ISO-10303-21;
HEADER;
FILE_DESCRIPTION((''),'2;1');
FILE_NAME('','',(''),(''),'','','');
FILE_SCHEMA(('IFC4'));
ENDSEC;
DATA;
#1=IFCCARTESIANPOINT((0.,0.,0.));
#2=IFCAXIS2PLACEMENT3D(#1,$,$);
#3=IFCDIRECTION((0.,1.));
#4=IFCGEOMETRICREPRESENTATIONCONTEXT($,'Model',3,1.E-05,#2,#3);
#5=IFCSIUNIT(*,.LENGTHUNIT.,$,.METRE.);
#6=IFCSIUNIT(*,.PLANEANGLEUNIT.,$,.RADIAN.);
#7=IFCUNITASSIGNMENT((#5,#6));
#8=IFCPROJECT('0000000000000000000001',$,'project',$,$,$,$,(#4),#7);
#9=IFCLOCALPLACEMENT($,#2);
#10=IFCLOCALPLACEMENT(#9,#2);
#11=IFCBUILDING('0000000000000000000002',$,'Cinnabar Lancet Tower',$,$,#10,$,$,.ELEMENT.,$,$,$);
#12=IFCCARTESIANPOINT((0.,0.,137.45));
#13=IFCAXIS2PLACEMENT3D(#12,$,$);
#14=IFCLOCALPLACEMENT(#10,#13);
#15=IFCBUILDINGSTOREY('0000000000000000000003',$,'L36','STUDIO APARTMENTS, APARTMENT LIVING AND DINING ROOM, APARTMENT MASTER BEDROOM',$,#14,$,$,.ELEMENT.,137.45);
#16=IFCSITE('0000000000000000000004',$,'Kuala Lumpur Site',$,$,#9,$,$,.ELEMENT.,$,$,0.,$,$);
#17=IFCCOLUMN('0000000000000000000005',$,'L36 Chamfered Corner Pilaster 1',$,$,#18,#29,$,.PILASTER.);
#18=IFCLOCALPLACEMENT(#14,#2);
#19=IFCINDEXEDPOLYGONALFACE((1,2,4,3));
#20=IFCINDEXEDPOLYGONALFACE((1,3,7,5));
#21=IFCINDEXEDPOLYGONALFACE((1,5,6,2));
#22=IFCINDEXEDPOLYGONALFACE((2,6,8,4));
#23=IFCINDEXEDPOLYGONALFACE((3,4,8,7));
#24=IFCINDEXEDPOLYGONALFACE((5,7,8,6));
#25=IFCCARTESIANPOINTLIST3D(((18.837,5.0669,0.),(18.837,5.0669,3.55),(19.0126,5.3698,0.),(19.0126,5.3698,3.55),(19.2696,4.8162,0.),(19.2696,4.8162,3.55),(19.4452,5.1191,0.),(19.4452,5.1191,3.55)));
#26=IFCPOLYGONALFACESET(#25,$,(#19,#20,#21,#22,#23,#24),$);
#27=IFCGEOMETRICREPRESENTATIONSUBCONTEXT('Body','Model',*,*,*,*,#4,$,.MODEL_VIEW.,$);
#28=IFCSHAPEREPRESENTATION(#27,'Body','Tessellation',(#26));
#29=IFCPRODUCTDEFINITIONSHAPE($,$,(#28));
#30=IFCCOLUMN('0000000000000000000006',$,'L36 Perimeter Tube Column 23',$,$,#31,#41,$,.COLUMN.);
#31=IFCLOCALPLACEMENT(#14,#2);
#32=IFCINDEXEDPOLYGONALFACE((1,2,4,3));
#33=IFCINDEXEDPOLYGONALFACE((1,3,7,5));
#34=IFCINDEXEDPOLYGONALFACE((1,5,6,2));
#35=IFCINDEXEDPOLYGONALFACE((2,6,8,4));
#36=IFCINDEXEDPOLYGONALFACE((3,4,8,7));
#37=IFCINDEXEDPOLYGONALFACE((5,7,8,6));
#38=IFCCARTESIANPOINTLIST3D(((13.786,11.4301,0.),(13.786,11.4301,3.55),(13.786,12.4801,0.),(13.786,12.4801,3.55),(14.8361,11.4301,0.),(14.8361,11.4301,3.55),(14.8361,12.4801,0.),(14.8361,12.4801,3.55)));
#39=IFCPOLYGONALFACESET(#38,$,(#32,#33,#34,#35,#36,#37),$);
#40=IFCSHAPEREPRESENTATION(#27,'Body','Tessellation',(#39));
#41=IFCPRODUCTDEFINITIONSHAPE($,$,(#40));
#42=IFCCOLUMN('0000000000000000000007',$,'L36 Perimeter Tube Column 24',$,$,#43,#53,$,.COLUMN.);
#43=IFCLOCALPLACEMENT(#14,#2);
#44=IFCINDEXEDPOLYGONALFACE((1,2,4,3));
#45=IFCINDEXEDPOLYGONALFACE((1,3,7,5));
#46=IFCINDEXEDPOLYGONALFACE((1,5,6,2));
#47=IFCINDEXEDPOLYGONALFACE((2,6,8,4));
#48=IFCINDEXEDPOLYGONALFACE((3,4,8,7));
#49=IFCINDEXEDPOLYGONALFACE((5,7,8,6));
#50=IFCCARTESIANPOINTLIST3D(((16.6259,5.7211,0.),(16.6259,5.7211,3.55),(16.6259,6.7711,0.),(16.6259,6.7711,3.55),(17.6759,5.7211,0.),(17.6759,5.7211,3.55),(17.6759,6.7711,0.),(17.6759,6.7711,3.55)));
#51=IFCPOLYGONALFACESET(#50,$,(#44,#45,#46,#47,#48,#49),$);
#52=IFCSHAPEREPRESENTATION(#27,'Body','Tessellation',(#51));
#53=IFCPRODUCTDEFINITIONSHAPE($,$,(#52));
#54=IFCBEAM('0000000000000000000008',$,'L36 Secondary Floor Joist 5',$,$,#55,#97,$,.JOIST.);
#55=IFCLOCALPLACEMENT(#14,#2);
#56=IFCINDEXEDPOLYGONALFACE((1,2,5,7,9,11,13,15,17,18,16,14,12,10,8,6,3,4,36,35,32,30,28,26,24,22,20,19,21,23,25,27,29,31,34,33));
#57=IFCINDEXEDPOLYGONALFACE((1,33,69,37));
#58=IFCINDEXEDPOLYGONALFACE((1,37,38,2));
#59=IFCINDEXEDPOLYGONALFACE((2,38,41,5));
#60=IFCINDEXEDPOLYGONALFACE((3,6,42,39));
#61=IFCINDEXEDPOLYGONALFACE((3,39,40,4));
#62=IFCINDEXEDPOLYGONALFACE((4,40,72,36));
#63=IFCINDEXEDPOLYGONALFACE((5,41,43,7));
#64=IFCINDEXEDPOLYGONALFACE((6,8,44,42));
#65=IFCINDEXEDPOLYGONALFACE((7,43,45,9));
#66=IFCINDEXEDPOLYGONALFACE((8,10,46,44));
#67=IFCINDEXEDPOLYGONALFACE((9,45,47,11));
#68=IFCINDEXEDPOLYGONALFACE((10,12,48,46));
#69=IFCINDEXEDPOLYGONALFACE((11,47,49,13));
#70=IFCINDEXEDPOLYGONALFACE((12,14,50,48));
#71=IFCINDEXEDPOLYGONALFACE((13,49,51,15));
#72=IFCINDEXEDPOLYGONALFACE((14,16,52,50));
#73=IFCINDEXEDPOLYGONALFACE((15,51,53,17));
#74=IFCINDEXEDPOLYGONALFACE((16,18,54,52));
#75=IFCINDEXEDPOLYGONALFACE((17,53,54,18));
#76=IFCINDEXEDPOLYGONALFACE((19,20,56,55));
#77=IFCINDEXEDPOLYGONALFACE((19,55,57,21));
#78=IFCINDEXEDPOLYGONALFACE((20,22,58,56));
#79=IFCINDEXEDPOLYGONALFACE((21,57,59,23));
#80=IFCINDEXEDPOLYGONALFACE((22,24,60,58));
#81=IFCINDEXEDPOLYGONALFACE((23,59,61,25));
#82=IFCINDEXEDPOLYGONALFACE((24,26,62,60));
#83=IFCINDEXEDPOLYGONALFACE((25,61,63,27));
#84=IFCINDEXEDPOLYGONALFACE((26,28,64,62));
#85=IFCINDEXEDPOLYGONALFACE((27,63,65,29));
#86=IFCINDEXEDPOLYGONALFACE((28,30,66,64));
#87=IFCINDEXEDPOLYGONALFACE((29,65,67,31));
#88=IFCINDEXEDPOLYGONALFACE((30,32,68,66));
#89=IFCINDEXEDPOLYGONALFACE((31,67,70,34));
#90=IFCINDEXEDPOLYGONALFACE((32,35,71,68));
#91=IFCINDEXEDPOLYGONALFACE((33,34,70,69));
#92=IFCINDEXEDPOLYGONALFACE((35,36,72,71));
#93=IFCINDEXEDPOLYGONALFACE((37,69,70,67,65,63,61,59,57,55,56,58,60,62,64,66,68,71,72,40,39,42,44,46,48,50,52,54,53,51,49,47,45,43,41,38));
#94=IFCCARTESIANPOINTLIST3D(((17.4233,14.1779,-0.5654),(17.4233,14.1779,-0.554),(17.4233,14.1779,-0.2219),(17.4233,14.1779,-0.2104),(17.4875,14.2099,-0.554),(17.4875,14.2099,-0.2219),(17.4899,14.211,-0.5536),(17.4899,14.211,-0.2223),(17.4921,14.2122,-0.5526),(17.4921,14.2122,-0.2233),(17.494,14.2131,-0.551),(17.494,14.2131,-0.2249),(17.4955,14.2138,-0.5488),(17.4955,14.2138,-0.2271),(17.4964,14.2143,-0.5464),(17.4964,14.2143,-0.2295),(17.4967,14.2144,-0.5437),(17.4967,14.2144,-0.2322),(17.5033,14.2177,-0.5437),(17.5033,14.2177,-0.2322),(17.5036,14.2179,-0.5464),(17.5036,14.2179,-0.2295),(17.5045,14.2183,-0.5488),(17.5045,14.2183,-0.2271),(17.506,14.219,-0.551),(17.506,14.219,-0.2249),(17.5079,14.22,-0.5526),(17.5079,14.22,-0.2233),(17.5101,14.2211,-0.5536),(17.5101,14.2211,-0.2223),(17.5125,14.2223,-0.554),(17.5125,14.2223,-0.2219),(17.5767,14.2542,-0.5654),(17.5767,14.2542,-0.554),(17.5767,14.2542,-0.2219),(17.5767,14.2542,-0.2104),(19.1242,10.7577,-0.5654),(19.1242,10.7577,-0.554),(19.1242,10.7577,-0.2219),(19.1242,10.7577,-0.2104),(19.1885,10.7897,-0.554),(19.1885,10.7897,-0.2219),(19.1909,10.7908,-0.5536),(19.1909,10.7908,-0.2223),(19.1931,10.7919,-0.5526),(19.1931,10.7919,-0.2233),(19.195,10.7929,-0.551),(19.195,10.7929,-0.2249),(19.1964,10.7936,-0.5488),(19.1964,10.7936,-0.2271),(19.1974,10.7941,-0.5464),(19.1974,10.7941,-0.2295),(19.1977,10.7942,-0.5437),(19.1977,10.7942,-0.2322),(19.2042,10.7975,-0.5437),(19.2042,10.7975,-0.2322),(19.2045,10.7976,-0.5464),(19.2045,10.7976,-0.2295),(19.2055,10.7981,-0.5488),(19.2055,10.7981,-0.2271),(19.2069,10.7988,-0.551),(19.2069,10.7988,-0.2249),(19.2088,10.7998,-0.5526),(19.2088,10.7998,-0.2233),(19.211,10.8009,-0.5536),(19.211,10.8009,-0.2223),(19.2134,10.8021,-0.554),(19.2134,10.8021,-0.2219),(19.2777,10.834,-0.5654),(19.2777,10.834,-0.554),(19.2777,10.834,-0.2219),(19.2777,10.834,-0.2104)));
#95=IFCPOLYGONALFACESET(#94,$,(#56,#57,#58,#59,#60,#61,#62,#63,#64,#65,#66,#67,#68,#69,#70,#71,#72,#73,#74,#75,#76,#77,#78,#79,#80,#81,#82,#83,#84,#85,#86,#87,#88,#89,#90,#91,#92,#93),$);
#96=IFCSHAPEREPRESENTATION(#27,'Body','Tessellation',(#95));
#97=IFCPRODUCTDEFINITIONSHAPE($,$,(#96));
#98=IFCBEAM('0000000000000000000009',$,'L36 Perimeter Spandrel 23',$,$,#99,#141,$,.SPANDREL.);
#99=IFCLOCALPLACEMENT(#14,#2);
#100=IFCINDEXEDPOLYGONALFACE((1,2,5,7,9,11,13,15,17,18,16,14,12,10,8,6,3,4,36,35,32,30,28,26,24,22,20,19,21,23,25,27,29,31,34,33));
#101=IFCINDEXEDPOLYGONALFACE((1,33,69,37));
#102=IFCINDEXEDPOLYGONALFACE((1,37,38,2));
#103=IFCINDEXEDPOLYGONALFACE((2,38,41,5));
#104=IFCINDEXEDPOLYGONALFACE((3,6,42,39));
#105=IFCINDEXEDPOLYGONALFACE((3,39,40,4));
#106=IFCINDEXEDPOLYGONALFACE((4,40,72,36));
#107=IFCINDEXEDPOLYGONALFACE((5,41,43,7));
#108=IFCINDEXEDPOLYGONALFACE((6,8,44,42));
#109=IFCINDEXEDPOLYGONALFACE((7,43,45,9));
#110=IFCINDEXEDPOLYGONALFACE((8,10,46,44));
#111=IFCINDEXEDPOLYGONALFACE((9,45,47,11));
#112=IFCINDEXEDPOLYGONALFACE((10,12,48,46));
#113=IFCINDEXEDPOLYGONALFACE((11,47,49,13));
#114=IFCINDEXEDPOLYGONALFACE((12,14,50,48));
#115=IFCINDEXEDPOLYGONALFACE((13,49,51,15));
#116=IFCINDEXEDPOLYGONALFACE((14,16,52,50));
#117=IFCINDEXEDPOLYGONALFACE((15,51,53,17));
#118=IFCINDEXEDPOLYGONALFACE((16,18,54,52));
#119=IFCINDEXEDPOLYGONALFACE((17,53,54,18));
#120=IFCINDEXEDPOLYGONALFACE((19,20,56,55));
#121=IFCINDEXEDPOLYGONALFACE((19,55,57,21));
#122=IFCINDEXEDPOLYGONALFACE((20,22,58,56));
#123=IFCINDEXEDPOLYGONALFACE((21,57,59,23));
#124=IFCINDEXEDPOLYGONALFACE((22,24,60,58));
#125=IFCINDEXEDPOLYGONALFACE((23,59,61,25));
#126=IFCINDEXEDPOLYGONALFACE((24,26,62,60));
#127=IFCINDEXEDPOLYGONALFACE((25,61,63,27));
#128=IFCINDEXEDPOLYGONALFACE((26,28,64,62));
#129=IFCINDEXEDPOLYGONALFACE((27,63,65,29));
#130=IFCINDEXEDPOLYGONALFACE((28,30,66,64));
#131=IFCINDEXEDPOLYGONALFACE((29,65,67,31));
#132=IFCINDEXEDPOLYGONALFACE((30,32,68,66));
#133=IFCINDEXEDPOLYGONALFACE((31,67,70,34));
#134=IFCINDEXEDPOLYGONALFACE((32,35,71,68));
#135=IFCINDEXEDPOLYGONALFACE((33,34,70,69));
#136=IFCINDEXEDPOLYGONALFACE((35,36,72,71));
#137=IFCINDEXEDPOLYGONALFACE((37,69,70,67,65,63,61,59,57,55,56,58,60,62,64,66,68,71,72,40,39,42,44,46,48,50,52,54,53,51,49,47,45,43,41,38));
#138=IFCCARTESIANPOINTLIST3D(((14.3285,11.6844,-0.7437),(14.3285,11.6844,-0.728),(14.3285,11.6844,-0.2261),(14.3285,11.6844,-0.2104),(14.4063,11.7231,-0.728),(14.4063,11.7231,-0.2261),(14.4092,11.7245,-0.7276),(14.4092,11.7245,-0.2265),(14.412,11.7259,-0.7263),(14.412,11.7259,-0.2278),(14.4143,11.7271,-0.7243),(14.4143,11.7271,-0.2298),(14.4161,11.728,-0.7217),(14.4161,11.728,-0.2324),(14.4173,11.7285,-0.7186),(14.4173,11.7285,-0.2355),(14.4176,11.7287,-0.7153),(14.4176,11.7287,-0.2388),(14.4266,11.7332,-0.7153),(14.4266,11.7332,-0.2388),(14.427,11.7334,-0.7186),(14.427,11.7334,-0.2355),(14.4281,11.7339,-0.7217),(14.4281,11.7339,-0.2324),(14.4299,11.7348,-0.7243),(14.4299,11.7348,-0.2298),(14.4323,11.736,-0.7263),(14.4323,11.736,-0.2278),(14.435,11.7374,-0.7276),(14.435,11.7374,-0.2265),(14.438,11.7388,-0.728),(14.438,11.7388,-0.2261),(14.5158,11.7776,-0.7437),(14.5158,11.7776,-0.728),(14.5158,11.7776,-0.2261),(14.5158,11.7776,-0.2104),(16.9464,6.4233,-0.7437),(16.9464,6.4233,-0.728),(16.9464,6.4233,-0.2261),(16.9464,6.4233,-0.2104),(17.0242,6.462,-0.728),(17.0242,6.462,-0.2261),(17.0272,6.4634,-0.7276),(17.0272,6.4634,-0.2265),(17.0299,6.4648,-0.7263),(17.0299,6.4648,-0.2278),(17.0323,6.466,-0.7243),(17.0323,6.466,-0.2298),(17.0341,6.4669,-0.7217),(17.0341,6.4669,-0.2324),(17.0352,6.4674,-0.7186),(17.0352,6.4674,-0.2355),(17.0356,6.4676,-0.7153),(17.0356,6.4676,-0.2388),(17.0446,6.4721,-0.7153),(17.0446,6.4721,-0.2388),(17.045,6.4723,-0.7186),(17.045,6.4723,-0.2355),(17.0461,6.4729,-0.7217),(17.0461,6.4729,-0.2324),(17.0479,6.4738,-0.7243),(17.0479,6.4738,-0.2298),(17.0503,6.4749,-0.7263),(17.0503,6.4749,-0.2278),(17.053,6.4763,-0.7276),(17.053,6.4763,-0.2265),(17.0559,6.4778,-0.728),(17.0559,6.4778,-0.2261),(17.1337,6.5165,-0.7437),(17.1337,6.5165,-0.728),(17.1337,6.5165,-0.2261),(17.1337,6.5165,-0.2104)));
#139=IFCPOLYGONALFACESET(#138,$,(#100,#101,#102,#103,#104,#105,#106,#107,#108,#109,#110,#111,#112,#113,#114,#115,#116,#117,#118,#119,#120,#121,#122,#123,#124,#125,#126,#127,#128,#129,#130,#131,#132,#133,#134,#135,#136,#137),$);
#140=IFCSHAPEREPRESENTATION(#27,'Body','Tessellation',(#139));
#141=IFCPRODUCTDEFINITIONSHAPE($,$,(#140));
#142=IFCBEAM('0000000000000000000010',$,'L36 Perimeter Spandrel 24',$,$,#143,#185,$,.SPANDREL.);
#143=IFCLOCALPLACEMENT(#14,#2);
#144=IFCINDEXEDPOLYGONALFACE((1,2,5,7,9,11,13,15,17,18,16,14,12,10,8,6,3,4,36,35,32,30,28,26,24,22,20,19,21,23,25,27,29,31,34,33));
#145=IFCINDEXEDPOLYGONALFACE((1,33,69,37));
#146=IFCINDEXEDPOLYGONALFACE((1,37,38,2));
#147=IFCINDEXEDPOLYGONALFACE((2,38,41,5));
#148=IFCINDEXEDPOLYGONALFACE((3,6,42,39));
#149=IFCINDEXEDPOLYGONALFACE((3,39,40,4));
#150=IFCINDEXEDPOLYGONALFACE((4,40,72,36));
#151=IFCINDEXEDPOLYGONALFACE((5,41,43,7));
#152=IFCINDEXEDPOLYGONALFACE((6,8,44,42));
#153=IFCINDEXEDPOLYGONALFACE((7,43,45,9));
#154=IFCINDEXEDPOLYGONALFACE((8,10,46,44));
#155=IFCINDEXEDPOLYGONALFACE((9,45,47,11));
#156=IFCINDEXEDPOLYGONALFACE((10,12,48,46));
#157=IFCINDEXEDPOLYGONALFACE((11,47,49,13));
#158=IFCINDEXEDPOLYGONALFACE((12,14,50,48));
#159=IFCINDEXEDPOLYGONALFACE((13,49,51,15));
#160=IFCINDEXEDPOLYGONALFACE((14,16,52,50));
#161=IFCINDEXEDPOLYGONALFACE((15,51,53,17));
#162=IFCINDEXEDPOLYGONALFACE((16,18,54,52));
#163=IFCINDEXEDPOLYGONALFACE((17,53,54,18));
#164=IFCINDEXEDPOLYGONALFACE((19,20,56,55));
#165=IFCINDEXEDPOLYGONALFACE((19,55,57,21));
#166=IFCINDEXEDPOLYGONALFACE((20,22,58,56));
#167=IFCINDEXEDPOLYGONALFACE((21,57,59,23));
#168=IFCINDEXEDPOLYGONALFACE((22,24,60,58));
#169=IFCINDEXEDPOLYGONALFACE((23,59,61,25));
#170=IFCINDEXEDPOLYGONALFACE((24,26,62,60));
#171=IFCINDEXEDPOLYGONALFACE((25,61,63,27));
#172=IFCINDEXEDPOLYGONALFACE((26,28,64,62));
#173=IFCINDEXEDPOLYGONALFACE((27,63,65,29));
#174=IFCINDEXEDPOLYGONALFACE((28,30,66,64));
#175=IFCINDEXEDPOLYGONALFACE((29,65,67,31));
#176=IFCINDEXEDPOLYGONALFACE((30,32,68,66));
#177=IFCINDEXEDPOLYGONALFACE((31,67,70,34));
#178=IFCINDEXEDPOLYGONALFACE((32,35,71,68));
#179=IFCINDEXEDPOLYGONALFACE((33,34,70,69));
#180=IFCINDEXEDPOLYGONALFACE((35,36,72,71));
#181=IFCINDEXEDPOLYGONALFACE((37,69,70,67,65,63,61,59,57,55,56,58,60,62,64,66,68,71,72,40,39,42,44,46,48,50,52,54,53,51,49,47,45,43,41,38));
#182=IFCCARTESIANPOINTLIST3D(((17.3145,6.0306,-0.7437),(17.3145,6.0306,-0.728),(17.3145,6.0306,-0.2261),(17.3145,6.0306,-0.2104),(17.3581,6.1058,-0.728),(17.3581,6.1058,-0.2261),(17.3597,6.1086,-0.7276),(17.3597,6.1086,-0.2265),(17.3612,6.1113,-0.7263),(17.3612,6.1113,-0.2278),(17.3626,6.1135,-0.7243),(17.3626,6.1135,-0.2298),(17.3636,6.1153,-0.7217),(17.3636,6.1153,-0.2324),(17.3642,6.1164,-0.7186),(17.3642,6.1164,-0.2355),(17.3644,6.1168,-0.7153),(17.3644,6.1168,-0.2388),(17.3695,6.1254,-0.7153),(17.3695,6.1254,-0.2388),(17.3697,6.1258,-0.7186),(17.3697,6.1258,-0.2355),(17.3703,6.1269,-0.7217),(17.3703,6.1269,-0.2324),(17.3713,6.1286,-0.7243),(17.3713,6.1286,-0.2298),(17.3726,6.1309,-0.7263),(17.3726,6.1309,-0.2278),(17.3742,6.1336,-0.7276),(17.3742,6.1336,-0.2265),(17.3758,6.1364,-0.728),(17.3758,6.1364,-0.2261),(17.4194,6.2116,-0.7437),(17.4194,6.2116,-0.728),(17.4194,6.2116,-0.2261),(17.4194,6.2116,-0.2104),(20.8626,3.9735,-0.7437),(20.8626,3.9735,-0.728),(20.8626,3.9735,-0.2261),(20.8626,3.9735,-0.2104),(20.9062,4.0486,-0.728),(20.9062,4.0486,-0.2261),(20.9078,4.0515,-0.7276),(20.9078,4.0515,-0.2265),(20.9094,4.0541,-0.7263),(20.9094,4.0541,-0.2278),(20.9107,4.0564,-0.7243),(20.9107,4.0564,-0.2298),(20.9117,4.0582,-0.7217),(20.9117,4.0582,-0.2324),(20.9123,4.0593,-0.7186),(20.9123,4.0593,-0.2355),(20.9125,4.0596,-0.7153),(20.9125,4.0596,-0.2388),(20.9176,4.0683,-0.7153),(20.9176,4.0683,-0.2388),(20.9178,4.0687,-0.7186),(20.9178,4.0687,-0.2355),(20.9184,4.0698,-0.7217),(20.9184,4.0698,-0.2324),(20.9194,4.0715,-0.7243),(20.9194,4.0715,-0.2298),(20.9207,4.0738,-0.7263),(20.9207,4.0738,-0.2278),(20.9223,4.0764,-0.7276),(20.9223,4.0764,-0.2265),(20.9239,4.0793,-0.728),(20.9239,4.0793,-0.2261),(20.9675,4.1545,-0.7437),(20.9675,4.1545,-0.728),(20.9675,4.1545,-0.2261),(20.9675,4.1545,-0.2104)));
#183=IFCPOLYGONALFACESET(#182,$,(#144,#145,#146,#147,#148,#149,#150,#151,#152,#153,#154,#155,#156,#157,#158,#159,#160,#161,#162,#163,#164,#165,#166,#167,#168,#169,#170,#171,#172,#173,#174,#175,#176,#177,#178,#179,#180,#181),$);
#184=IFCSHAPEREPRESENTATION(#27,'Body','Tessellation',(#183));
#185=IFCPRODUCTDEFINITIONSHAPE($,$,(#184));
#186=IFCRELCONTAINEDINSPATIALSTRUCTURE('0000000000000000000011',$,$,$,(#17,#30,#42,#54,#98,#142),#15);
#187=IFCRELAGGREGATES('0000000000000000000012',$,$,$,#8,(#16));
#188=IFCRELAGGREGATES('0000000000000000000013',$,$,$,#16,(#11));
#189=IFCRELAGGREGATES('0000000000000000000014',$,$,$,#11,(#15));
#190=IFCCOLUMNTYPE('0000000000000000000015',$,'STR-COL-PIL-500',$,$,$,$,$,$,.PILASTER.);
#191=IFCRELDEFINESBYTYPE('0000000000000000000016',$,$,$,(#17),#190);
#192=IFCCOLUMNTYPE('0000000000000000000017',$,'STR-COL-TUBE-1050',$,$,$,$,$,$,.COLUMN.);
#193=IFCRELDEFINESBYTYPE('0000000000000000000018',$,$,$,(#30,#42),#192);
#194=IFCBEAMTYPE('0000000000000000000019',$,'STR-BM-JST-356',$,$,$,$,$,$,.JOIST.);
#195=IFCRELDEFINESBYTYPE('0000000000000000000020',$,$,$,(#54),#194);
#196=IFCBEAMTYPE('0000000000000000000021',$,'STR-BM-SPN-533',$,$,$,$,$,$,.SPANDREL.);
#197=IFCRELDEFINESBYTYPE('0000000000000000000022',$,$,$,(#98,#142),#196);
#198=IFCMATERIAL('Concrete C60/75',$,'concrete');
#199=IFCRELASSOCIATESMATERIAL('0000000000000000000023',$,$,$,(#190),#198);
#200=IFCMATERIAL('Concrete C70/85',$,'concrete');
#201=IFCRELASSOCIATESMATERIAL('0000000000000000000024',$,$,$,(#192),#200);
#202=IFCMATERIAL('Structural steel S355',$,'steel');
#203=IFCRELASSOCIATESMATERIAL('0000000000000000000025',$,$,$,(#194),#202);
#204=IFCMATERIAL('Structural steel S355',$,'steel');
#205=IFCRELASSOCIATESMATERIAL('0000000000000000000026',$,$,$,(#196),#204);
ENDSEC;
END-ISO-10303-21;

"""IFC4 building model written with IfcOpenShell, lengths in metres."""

from ifc_helpers import new_model, si_unit, direction, frame, origin, origin_2d, place, context, subcontext, project, spatial, rectangle, i_section, extrude, material, material_profile, profile_set, type_object, element, save


model = new_model("IFC4")

# Units and contexts
model_context = context("Model", 3, precision=1e-05, world=origin(), true_north=direction((0.0, 1.0)))
body_context = subcontext(model_context, "Body", "Model", "MODEL_VIEW")
ifc_project = project(units=[si_unit("LENGTHUNIT", "METRE"), si_unit("PLANEANGLEUNIT", "RADIAN")], contexts=[model_context])

# Site, building, storey
site_placement = place(None, origin())
site = spatial("IfcSite", under=ifc_project, at=site_placement, Name="Kuala Lumpur Site", CompositionType="ELEMENT", RefElevation=0.0)
building_placement = place(site_placement, origin())
building = spatial("IfcBuilding", under=site, at=building_placement, Name="Cinnabar Lancet Tower", CompositionType="ELEMENT")
storey_placement = place(building_placement, frame((0.0, 0.0, 137.45)))
storey = spatial("IfcBuildingStorey", under=building, at=storey_placement, Name="L36", Description="STUDIO APARTMENTS, APARTMENT LIVING AND DINING ROOM, APARTMENT MASTER BEDROOM", CompositionType="ELEMENT", Elevation=137.45)

# Columns
ifc_material_1 = material(Name="Concrete C60/75", Category="concrete")
ifc_material_profile_1 = material_profile(ifc_material_1, rectangle(XDim=0.5, YDim=0.3501, at=origin_2d()), Name="RC-PIL 500x350")
ifc_profile_set_1 = profile_set([ifc_material_profile_1], Name="Concrete C60/75")
column_type_1 = type_object("IfcColumnType", Name="STR-COL-PIL-500", PredefinedType="PILASTER", material=ifc_profile_set_1)
column_placement = place(storey_placement, frame((19.1411, 5.093, 0.0), z_axis=(0.0, 0.0, 1.0), x_axis=(0.86516, -0.501496, 0.0)))
element("IfcColumn", 1, at=column_placement, inside=storey, type_object=column_type_1, Name="L36 Chamfered Corner Pilaster 1", PredefinedType="PILASTER", context=body_context, shape_type="SweptSolid", body=[
    extrude(rectangle(XDim=0.5, YDim=0.3501, at=origin_2d()), origin(), (0.0, 0.0, 1.0), 3.55),
])
ifc_material_2 = material(Name="Concrete C70/85", Category="concrete")
ifc_material_profile_2 = material_profile(ifc_material_2, rectangle(XDim=1.05, YDim=1.05, at=origin_2d()), Name="RC-COL 1050x1050")
ifc_profile_set_2 = profile_set([ifc_material_profile_2], Name="Concrete C70/85")
column_type_2 = type_object("IfcColumnType", Name="STR-COL-TUBE-1050", PredefinedType="COLUMN", material=ifc_profile_set_2)
for number, where, z_axis, x_axis, name in (
    (2, (14.311, 11.9551, 0.0), (0.0, 0.0, 1.0), (1.0, 0.0, 0.0), "L36 Perimeter Tube Column 23"),
    (3, (17.1509, 6.2461, 0.0), (0.0, 0.0, 1.0), (1.0, 0.0, 0.0), "L36 Perimeter Tube Column 24"),
):
    element("IfcColumn", number, at=place(storey_placement, frame(where, z_axis=z_axis, x_axis=x_axis)), inside=storey, type_object=column_type_2, Name=name, PredefinedType="COLUMN", context=body_context, shape_type="SweptSolid", body=[
        extrude(rectangle(XDim=1.05, YDim=1.05, at=origin_2d()), origin(), (0.0, 0.0, 1.0), 3.55),
    ])

# Beams
ifc_material_3 = material(Name="Structural steel S355", Category="steel")
ifc_material_profile_3 = material_profile(ifc_material_3, i_section(OverallWidth=0.1714, OverallDepth=0.355, WebThickness=0.0073, FlangeThickness=0.0115, FilletRadius=0.0103, at=origin_2d()), Name="UKB 356x171x51")
ifc_profile_set_3 = profile_set([ifc_material_profile_3], Name="Structural steel S355")
beam_type_1 = type_object("IfcBeamType", Name="STR-BM-JST-356", PredefinedType="JOIST", material=ifc_profile_set_3)
beam_1_placement = place(storey_placement, frame((17.5, 14.2161, -0.3879), z_axis=(0.445295, -0.895384, 0.0), x_axis=(0.895384, 0.445295, 0.0)))
element("IfcBeam", 4, at=beam_1_placement, inside=storey, type_object=beam_type_1, Name="L36 Secondary Floor Joist 5", PredefinedType="JOIST", context=body_context, shape_type="SweptSolid", body=[
    extrude(i_section(OverallWidth=0.1714, OverallDepth=0.355, WebThickness=0.0073, FlangeThickness=0.0115, FilletRadius=0.0103, at=origin_2d()), origin(), (0.0, 0.0, 1.0), 3.8198),
])
ifc_material_4 = material(Name="Structural steel S355", Category="steel")
ifc_material_profile_4 = material_profile(ifc_material_4, i_section(OverallWidth=0.2092, OverallDepth=0.5332, WebThickness=0.01, FlangeThickness=0.0156, FilletRadius=0.0127, at=origin_2d()), Name="UKB 533x210x92")
ifc_profile_set_4 = profile_set([ifc_material_profile_4], Name="Structural steel S355")
beam_type_2 = type_object("IfcBeamType", Name="STR-BM-SPN-533", PredefinedType="SPANDREL", material=ifc_profile_set_4)
beam_2_placement = place(storey_placement, frame((14.4221, 11.731, -0.4771), z_axis=(0.445501, -0.895281, 0.0), x_axis=(0.895281, 0.445501, 0.0)))
element("IfcBeam", 5, at=beam_2_placement, inside=storey, type_object=beam_type_2, Name="L36 Perimeter Spandrel 23", PredefinedType="SPANDREL", context=body_context, shape_type="SweptSolid", body=[
    extrude(i_section(OverallWidth=0.2092, OverallDepth=0.5332, WebThickness=0.01, FlangeThickness=0.0156, FilletRadius=0.0127, at=origin_2d()), origin(), (0.0, 0.0, 1.0), 5.8765),
])
beam_3_placement = place(storey_placement, frame((17.3669, 6.1211, -0.4771), z_axis=(0.865112, -0.501578, 0.0), x_axis=(0.501578, 0.865112, 0.0)))
element("IfcBeam", 6, at=beam_3_placement, inside=storey, type_object=beam_type_2, Name="L36 Perimeter Spandrel 24", PredefinedType="SPANDREL", context=body_context, shape_type="SweptSolid", body=[
    extrude(i_section(OverallWidth=0.2092, OverallDepth=0.5332, WebThickness=0.01, FlangeThickness=0.0156, FilletRadius=0.0127, at=origin_2d()), origin(), (0.0, 0.0, 1.0), 4.1013),
])

save(model, "model.ifc")
